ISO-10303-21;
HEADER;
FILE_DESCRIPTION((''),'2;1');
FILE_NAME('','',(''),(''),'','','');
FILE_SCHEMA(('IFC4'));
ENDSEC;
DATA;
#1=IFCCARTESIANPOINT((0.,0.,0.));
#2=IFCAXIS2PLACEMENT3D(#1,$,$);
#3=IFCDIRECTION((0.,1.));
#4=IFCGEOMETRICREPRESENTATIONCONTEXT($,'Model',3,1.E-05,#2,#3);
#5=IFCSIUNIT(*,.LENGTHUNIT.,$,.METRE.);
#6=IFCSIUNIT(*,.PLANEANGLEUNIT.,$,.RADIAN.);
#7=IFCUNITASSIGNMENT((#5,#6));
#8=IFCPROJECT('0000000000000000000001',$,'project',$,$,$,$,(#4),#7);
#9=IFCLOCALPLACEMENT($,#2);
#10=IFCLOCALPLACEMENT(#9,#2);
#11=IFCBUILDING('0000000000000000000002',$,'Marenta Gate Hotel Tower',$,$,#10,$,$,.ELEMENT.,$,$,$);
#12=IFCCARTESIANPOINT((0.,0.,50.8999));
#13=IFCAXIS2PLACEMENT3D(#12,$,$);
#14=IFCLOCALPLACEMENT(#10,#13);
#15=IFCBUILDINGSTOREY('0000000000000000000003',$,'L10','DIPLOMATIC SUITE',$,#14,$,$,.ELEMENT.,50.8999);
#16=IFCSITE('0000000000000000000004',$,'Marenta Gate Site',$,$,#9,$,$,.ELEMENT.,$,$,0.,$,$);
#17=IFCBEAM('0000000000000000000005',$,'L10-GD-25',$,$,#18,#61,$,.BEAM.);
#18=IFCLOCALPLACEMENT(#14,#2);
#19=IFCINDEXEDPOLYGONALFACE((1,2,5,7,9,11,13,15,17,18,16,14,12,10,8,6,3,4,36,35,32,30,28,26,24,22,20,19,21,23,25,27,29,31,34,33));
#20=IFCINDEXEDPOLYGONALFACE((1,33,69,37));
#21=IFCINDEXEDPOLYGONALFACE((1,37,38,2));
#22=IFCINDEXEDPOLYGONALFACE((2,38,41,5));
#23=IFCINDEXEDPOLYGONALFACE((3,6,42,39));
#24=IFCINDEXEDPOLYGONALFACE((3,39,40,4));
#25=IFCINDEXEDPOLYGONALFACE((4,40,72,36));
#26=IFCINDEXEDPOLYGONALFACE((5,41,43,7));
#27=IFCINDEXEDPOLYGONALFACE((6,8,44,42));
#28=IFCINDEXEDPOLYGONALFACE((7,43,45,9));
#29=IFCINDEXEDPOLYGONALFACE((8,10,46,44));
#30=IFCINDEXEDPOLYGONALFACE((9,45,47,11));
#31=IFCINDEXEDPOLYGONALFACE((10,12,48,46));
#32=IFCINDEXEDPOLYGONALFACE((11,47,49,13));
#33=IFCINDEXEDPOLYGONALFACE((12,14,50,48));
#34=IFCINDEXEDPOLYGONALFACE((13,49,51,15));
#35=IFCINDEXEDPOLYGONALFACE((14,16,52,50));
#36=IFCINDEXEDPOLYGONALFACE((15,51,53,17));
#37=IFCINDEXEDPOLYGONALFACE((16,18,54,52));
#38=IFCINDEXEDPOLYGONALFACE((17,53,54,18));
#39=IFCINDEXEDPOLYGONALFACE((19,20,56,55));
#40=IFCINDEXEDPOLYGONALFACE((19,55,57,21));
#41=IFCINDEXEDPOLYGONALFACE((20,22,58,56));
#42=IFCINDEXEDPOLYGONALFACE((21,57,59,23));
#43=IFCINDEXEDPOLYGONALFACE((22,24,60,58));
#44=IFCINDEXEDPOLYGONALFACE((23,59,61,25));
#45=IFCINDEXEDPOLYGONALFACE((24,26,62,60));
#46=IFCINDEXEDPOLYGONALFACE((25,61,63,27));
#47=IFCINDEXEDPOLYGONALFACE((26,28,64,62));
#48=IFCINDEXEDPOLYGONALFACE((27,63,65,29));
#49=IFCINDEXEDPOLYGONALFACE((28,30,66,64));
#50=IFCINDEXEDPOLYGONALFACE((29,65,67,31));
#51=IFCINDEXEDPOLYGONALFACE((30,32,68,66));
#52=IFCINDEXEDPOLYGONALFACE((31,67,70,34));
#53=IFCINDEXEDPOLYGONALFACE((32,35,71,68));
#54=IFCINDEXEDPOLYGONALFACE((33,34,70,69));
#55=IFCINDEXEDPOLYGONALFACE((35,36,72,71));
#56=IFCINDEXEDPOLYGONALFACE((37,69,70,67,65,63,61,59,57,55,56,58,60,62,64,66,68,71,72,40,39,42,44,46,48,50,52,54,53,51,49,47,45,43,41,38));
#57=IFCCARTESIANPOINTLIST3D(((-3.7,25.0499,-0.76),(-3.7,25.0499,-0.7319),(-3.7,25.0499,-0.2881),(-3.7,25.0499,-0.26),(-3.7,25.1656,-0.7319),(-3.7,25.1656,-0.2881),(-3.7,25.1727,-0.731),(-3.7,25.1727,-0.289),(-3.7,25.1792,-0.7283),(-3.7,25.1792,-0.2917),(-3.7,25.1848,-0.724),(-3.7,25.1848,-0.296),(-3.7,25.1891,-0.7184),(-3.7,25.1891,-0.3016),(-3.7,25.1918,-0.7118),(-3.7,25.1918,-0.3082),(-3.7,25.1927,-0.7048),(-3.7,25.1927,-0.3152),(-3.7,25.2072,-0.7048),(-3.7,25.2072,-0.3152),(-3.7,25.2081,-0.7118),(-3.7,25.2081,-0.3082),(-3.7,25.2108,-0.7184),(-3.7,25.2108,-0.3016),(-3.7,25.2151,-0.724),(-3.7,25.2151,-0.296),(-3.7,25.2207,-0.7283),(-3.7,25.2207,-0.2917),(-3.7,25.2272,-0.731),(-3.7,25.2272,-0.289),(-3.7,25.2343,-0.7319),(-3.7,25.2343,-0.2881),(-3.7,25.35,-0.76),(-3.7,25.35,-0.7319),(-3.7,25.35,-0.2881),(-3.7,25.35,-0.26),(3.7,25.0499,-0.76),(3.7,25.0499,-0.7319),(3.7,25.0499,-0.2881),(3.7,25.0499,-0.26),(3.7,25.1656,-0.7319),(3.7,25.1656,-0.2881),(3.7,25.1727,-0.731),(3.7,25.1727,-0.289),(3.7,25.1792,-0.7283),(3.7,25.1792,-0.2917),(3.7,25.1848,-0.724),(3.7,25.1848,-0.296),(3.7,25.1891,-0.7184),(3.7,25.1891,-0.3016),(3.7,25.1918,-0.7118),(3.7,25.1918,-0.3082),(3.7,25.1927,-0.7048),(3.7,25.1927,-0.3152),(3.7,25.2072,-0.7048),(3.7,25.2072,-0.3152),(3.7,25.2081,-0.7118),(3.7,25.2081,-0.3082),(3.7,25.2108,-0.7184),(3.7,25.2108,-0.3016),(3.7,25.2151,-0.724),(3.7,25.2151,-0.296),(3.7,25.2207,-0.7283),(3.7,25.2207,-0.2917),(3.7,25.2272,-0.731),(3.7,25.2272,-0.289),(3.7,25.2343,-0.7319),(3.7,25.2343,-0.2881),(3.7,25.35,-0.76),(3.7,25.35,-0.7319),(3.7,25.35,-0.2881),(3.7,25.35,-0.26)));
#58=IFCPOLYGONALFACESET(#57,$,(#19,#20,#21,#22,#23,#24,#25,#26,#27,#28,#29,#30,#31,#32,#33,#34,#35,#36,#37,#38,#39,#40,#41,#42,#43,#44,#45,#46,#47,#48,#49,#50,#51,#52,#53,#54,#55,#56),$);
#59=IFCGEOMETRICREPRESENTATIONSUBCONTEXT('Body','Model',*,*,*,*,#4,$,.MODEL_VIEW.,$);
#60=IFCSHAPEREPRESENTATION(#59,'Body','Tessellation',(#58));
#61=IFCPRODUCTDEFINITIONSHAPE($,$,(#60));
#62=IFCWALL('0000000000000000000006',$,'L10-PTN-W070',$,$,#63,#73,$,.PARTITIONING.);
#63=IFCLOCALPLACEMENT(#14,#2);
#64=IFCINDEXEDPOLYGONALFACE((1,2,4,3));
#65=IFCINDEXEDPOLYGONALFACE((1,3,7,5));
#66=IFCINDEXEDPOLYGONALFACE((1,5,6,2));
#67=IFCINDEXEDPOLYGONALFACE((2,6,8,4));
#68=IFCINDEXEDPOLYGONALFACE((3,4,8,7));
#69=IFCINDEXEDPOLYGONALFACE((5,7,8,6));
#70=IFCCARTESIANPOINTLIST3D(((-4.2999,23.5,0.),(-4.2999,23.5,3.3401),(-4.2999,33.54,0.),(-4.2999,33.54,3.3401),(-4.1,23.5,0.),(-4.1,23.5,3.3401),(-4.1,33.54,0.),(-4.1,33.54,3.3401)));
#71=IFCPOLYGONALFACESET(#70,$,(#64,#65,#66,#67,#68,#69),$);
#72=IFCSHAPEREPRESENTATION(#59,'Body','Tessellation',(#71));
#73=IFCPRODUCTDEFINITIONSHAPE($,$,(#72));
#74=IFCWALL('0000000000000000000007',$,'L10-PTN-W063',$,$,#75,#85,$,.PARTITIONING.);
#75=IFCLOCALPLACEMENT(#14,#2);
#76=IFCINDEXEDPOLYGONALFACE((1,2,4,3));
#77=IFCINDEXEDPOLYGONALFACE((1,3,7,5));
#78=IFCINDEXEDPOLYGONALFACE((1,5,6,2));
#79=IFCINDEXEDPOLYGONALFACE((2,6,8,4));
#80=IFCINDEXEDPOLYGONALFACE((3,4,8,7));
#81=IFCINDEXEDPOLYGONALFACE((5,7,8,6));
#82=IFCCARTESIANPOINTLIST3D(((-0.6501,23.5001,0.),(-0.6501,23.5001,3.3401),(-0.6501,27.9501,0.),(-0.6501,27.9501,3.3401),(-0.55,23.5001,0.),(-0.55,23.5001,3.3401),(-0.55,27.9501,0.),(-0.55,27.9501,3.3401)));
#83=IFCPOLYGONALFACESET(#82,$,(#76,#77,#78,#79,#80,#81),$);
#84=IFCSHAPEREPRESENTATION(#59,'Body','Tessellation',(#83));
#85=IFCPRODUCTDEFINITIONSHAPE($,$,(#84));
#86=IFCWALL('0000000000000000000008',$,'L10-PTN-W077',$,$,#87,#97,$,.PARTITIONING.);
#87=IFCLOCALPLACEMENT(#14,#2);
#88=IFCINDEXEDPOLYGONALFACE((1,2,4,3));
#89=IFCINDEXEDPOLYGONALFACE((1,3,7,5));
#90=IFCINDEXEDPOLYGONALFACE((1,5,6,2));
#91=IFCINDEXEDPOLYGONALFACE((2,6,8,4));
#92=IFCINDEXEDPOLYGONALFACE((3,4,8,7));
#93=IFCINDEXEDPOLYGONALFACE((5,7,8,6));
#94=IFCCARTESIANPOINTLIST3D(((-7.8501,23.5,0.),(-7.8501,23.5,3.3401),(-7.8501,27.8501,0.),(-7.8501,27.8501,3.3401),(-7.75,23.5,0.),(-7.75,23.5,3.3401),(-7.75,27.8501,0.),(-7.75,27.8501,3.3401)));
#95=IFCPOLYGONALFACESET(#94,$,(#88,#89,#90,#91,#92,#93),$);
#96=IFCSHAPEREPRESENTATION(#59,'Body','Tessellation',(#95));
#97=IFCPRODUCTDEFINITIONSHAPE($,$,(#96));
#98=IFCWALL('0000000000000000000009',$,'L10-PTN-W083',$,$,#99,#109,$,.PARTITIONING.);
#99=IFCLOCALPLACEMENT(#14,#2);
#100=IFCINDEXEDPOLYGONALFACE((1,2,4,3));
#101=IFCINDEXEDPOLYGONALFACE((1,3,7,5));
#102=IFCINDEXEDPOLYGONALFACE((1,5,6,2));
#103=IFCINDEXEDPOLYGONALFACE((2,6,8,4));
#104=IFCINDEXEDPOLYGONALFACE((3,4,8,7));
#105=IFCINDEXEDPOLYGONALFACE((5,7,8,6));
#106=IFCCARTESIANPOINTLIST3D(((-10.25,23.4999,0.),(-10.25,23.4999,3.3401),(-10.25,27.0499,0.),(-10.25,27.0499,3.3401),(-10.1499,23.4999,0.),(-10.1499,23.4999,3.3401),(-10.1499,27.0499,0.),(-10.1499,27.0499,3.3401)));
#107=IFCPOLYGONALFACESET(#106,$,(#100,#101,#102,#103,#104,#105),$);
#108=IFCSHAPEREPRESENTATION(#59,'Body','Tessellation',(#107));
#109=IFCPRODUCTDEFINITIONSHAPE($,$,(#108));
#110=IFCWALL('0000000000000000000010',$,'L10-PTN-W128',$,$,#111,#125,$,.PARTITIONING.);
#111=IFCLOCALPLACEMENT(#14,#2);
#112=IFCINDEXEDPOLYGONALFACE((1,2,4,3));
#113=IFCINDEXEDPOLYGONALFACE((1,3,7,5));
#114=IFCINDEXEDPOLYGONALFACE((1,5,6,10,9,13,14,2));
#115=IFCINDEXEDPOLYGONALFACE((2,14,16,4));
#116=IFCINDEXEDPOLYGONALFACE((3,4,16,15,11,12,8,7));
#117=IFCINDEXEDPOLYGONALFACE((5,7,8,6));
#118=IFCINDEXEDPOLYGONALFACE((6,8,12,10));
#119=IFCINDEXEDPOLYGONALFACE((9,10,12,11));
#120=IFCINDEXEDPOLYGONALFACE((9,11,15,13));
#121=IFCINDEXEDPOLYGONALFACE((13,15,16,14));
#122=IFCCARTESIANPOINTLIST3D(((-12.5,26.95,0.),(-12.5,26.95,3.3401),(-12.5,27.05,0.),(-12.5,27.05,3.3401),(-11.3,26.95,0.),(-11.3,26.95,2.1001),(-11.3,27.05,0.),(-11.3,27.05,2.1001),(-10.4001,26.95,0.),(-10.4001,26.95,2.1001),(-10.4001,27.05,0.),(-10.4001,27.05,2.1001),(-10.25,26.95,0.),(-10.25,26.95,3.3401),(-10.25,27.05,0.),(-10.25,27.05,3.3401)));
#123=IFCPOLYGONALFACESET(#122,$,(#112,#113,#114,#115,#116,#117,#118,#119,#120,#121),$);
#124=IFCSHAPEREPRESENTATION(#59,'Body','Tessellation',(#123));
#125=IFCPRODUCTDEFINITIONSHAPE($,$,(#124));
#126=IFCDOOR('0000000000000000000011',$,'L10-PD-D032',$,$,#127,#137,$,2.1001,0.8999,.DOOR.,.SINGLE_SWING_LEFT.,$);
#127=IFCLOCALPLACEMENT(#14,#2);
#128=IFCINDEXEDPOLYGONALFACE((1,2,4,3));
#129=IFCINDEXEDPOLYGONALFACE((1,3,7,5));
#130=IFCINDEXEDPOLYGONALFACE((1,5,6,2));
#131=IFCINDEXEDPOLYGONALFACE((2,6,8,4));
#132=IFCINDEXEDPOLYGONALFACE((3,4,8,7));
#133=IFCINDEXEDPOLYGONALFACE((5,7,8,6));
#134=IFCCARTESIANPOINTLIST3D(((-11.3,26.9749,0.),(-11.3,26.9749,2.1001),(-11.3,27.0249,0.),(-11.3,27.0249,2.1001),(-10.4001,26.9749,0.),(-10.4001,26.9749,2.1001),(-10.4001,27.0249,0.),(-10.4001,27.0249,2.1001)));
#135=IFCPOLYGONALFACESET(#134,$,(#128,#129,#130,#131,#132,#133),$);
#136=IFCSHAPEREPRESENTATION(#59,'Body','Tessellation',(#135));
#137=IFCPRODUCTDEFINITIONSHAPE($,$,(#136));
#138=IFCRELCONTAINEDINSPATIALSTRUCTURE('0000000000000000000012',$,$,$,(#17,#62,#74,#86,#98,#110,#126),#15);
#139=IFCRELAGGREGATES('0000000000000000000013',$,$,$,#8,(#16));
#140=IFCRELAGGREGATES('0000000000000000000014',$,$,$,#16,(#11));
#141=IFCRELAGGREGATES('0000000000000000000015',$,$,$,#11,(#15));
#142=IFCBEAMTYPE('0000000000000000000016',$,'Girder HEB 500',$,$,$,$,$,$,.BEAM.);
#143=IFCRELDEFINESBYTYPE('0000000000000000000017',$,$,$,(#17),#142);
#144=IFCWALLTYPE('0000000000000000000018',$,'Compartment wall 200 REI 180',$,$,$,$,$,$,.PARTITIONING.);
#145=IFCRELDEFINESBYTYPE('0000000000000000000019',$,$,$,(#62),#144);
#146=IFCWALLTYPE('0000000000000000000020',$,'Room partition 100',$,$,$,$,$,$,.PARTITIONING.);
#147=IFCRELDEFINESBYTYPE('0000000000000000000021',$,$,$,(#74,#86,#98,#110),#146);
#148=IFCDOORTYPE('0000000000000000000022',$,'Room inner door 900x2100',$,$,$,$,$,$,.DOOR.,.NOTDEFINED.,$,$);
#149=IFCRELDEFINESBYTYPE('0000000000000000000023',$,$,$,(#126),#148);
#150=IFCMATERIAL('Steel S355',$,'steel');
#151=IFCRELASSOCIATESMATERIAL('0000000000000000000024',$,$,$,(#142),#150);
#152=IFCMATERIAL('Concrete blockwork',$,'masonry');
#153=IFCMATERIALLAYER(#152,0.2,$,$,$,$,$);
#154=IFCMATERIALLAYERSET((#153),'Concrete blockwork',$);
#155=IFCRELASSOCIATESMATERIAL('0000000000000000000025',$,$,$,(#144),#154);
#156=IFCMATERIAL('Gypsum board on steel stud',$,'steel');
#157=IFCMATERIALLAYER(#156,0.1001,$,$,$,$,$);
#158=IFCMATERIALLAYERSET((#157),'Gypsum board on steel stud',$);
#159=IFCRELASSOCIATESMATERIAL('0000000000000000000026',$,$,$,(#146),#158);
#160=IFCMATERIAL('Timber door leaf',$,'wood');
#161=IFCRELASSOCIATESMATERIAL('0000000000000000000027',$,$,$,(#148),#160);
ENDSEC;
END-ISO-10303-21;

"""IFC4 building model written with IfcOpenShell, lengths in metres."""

from ifc_helpers import new_model, si_unit, direction, frame, frame_2d, origin, origin_2d, place, context, subcontext, project, spatial, rectangle, i_section, extrude, material, layer, layer_set, material_profile, profile_set, type_object, element, fill, save


model = new_model("IFC4")

# Units and contexts
model_context = context("Model", 3, precision=1e-05, world=origin(), true_north=direction((0.0, 1.0)))
body_context = subcontext(model_context, "Body", "Model", "MODEL_VIEW")
ifc_project = project(units=[si_unit("LENGTHUNIT", "METRE"), si_unit("PLANEANGLEUNIT", "RADIAN")], contexts=[model_context])

# Site, building, storey
site_placement = place(None, origin())
site = spatial("IfcSite", under=ifc_project, at=site_placement, Name="Marenta Gate Site", CompositionType="ELEMENT", RefElevation=0.0)
building_placement = place(site_placement, origin())
building = spatial("IfcBuilding", under=site, at=building_placement, Name="Marenta Gate Hotel Tower", CompositionType="ELEMENT")
storey_placement = place(building_placement, frame((0.0, 0.0, 50.8999)))
storey = spatial("IfcBuildingStorey", under=building, at=storey_placement, Name="L10", Description="DIPLOMATIC SUITE", CompositionType="ELEMENT", Elevation=50.8999)

# Beam
ifc_material_1 = material(Name="Steel S355", Category="steel")
ifc_material_profile_1 = material_profile(ifc_material_1, i_section(OverallWidth=0.3, OverallDepth=0.5, WebThickness=0.0144, FlangeThickness=0.0281, FilletRadius=0.0271, at=origin_2d()), Name="HEB 500")
ifc_profile_set_1 = profile_set([ifc_material_profile_1], Name="Steel S355")
beam_type_1 = type_object("IfcBeamType", Name="Girder HEB 500", PredefinedType="BEAM", material=ifc_profile_set_1)
beam_1_placement = place(storey_placement, frame((-3.7, 25.2, -0.51), z_axis=(1.0, 0.0, 0.0), x_axis=(0.0, 1.0, 0.0)))
element("IfcBeam", 1, at=beam_1_placement, inside=storey, type_object=beam_type_1, Name="L10-GD-25", PredefinedType="BEAM", context=body_context, shape_type="SweptSolid", body=[
    extrude(i_section(OverallWidth=0.3, OverallDepth=0.5, WebThickness=0.0144, FlangeThickness=0.0281, FilletRadius=0.0271, at=origin_2d()), origin(), (0.0, 0.0, 1.0), 7.3999),
])

# Walls
ifc_material_2 = material(Name="Concrete blockwork", Category="masonry")
ifc_layer_1 = layer(ifc_material_2, 0.2)
ifc_layer_set_1 = layer_set([ifc_layer_1], Name="Concrete blockwork")
wall_type_1 = type_object("IfcWallType", Name="Compartment wall 200 REI 180", PredefinedType="PARTITIONING", material=ifc_layer_set_1)
wall_1_placement = place(storey_placement, frame((-4.2, 23.5, 0.0), z_axis=(0.0, 0.0, 1.0), x_axis=(0.0, 1.0, 0.0)))
element("IfcWall", 2, at=wall_1_placement, inside=storey, type_object=wall_type_1, Name="L10-PTN-W070", PredefinedType="PARTITIONING", context=body_context, shape_type="SweptSolid", body=[
    extrude(rectangle(XDim=10.04, YDim=0.2, at=frame_2d((5.02, 0.0))), origin(), (0.0, 0.0, 1.0), 3.3401),
])
ifc_material_3 = material(Name="Gypsum board on steel stud", Category="steel")
ifc_layer_2 = layer(ifc_material_3, 0.1001)
ifc_layer_set_2 = layer_set([ifc_layer_2], Name="Gypsum board on steel stud")
wall_type_2 = type_object("IfcWallType", Name="Room partition 100", PredefinedType="PARTITIONING", material=ifc_layer_set_2)
wall_2_placement = place(storey_placement, frame((-0.6001, 23.5, 0.0), z_axis=(0.0, 0.0, 1.0), x_axis=(0.0, 1.0, 0.0)))
element("IfcWall", 3, at=wall_2_placement, inside=storey, type_object=wall_type_2, Name="L10-PTN-W063", PredefinedType="PARTITIONING", context=body_context, shape_type="SweptSolid", body=[
    extrude(rectangle(XDim=4.45, YDim=0.1001, at=frame_2d((2.2251, 0.0))), origin(), (0.0, 0.0, 1.0), 3.3401),
])
wall_3_placement = place(storey_placement, frame((-7.8, 23.5, 0.0), z_axis=(0.0, 0.0, 1.0), x_axis=(0.0, 1.0, 0.0)))
element("IfcWall", 4, at=wall_3_placement, inside=storey, type_object=wall_type_2, Name="L10-PTN-W077", PredefinedType="PARTITIONING", context=body_context, shape_type="SweptSolid", body=[
    extrude(rectangle(XDim=4.3501, YDim=0.1001, at=frame_2d((2.175, 0.0))), origin(), (0.0, 0.0, 1.0), 3.3401),
])
wall_4_placement = place(storey_placement, frame((-10.2, 23.5, 0.0), z_axis=(0.0, 0.0, 1.0), x_axis=(0.0, 1.0, 0.0)))
element("IfcWall", 5, at=wall_4_placement, inside=storey, type_object=wall_type_2, Name="L10-PTN-W083", PredefinedType="PARTITIONING", context=body_context, shape_type="SweptSolid", body=[
    extrude(rectangle(XDim=3.55, YDim=0.1001, at=frame_2d((1.7749, 0.0))), origin(), (0.0, 0.0, 1.0), 3.3401),
])

# Wall, opening, door
wall_5_placement = place(storey_placement, frame((-12.5, 27.0, 0.0), z_axis=(0.0, 0.0, 1.0), x_axis=(1.0, 0.0, 0.0)))
wall_5 = element("IfcWall", 6, at=wall_5_placement, inside=storey, type_object=wall_type_2, Name="L10-PTN-W128", PredefinedType="PARTITIONING", context=body_context, shape_type="SweptSolid", body=[
    extrude(rectangle(XDim=2.25, YDim=0.1001, at=frame_2d((1.125, 0.0))), origin(), (0.0, 0.0, 1.0), 3.3401),
])
opening_1_placement = place(wall_5_placement, frame((1.2, 0.0, 0.0)))
opening_1 = element("IfcOpeningElement", 7, at=opening_1_placement, cuts=wall_5, PredefinedType="OPENING", context=body_context, shape_type="SweptSolid", body=[
    extrude(rectangle(XDim=0.8999, YDim=2.1001, at=frame_2d((0.45, 1.05))), frame((0.0, 0.05, 0.0), z_axis=(0.0, -1.0, 0.0), x_axis=(1.0, 0.0, 0.0)), (0.0, 0.0, 1.0), 0.1001),
])
ifc_material_4 = material(Name="Timber door leaf", Category="wood")
door_type_1 = type_object("IfcDoorType", Name="Room inner door 900x2100", OperationType="NOTDEFINED", PredefinedType="DOOR", material=ifc_material_4)
door_1_placement = place(opening_1_placement, origin())
door_1 = element("IfcDoor", 8, at=door_1_placement, inside=storey, type_object=door_type_1, Name="L10-PD-D032", OperationType="SINGLE_SWING_LEFT", OverallHeight=2.1001, OverallWidth=0.8999, PredefinedType="DOOR", context=body_context, shape_type="SweptSolid", body=[
    extrude(rectangle(XDim=0.8999, YDim=2.1001, at=frame_2d((0.45, 1.05))), frame((0.0, 0.0249, 0.0), z_axis=(0.0, -1.0, 0.0), x_axis=(1.0, 0.0, 0.0)), (0.0, 0.0, 1.0), 0.05),
])
fill(opening_1, door_1)

save(model, "model.ifc")
